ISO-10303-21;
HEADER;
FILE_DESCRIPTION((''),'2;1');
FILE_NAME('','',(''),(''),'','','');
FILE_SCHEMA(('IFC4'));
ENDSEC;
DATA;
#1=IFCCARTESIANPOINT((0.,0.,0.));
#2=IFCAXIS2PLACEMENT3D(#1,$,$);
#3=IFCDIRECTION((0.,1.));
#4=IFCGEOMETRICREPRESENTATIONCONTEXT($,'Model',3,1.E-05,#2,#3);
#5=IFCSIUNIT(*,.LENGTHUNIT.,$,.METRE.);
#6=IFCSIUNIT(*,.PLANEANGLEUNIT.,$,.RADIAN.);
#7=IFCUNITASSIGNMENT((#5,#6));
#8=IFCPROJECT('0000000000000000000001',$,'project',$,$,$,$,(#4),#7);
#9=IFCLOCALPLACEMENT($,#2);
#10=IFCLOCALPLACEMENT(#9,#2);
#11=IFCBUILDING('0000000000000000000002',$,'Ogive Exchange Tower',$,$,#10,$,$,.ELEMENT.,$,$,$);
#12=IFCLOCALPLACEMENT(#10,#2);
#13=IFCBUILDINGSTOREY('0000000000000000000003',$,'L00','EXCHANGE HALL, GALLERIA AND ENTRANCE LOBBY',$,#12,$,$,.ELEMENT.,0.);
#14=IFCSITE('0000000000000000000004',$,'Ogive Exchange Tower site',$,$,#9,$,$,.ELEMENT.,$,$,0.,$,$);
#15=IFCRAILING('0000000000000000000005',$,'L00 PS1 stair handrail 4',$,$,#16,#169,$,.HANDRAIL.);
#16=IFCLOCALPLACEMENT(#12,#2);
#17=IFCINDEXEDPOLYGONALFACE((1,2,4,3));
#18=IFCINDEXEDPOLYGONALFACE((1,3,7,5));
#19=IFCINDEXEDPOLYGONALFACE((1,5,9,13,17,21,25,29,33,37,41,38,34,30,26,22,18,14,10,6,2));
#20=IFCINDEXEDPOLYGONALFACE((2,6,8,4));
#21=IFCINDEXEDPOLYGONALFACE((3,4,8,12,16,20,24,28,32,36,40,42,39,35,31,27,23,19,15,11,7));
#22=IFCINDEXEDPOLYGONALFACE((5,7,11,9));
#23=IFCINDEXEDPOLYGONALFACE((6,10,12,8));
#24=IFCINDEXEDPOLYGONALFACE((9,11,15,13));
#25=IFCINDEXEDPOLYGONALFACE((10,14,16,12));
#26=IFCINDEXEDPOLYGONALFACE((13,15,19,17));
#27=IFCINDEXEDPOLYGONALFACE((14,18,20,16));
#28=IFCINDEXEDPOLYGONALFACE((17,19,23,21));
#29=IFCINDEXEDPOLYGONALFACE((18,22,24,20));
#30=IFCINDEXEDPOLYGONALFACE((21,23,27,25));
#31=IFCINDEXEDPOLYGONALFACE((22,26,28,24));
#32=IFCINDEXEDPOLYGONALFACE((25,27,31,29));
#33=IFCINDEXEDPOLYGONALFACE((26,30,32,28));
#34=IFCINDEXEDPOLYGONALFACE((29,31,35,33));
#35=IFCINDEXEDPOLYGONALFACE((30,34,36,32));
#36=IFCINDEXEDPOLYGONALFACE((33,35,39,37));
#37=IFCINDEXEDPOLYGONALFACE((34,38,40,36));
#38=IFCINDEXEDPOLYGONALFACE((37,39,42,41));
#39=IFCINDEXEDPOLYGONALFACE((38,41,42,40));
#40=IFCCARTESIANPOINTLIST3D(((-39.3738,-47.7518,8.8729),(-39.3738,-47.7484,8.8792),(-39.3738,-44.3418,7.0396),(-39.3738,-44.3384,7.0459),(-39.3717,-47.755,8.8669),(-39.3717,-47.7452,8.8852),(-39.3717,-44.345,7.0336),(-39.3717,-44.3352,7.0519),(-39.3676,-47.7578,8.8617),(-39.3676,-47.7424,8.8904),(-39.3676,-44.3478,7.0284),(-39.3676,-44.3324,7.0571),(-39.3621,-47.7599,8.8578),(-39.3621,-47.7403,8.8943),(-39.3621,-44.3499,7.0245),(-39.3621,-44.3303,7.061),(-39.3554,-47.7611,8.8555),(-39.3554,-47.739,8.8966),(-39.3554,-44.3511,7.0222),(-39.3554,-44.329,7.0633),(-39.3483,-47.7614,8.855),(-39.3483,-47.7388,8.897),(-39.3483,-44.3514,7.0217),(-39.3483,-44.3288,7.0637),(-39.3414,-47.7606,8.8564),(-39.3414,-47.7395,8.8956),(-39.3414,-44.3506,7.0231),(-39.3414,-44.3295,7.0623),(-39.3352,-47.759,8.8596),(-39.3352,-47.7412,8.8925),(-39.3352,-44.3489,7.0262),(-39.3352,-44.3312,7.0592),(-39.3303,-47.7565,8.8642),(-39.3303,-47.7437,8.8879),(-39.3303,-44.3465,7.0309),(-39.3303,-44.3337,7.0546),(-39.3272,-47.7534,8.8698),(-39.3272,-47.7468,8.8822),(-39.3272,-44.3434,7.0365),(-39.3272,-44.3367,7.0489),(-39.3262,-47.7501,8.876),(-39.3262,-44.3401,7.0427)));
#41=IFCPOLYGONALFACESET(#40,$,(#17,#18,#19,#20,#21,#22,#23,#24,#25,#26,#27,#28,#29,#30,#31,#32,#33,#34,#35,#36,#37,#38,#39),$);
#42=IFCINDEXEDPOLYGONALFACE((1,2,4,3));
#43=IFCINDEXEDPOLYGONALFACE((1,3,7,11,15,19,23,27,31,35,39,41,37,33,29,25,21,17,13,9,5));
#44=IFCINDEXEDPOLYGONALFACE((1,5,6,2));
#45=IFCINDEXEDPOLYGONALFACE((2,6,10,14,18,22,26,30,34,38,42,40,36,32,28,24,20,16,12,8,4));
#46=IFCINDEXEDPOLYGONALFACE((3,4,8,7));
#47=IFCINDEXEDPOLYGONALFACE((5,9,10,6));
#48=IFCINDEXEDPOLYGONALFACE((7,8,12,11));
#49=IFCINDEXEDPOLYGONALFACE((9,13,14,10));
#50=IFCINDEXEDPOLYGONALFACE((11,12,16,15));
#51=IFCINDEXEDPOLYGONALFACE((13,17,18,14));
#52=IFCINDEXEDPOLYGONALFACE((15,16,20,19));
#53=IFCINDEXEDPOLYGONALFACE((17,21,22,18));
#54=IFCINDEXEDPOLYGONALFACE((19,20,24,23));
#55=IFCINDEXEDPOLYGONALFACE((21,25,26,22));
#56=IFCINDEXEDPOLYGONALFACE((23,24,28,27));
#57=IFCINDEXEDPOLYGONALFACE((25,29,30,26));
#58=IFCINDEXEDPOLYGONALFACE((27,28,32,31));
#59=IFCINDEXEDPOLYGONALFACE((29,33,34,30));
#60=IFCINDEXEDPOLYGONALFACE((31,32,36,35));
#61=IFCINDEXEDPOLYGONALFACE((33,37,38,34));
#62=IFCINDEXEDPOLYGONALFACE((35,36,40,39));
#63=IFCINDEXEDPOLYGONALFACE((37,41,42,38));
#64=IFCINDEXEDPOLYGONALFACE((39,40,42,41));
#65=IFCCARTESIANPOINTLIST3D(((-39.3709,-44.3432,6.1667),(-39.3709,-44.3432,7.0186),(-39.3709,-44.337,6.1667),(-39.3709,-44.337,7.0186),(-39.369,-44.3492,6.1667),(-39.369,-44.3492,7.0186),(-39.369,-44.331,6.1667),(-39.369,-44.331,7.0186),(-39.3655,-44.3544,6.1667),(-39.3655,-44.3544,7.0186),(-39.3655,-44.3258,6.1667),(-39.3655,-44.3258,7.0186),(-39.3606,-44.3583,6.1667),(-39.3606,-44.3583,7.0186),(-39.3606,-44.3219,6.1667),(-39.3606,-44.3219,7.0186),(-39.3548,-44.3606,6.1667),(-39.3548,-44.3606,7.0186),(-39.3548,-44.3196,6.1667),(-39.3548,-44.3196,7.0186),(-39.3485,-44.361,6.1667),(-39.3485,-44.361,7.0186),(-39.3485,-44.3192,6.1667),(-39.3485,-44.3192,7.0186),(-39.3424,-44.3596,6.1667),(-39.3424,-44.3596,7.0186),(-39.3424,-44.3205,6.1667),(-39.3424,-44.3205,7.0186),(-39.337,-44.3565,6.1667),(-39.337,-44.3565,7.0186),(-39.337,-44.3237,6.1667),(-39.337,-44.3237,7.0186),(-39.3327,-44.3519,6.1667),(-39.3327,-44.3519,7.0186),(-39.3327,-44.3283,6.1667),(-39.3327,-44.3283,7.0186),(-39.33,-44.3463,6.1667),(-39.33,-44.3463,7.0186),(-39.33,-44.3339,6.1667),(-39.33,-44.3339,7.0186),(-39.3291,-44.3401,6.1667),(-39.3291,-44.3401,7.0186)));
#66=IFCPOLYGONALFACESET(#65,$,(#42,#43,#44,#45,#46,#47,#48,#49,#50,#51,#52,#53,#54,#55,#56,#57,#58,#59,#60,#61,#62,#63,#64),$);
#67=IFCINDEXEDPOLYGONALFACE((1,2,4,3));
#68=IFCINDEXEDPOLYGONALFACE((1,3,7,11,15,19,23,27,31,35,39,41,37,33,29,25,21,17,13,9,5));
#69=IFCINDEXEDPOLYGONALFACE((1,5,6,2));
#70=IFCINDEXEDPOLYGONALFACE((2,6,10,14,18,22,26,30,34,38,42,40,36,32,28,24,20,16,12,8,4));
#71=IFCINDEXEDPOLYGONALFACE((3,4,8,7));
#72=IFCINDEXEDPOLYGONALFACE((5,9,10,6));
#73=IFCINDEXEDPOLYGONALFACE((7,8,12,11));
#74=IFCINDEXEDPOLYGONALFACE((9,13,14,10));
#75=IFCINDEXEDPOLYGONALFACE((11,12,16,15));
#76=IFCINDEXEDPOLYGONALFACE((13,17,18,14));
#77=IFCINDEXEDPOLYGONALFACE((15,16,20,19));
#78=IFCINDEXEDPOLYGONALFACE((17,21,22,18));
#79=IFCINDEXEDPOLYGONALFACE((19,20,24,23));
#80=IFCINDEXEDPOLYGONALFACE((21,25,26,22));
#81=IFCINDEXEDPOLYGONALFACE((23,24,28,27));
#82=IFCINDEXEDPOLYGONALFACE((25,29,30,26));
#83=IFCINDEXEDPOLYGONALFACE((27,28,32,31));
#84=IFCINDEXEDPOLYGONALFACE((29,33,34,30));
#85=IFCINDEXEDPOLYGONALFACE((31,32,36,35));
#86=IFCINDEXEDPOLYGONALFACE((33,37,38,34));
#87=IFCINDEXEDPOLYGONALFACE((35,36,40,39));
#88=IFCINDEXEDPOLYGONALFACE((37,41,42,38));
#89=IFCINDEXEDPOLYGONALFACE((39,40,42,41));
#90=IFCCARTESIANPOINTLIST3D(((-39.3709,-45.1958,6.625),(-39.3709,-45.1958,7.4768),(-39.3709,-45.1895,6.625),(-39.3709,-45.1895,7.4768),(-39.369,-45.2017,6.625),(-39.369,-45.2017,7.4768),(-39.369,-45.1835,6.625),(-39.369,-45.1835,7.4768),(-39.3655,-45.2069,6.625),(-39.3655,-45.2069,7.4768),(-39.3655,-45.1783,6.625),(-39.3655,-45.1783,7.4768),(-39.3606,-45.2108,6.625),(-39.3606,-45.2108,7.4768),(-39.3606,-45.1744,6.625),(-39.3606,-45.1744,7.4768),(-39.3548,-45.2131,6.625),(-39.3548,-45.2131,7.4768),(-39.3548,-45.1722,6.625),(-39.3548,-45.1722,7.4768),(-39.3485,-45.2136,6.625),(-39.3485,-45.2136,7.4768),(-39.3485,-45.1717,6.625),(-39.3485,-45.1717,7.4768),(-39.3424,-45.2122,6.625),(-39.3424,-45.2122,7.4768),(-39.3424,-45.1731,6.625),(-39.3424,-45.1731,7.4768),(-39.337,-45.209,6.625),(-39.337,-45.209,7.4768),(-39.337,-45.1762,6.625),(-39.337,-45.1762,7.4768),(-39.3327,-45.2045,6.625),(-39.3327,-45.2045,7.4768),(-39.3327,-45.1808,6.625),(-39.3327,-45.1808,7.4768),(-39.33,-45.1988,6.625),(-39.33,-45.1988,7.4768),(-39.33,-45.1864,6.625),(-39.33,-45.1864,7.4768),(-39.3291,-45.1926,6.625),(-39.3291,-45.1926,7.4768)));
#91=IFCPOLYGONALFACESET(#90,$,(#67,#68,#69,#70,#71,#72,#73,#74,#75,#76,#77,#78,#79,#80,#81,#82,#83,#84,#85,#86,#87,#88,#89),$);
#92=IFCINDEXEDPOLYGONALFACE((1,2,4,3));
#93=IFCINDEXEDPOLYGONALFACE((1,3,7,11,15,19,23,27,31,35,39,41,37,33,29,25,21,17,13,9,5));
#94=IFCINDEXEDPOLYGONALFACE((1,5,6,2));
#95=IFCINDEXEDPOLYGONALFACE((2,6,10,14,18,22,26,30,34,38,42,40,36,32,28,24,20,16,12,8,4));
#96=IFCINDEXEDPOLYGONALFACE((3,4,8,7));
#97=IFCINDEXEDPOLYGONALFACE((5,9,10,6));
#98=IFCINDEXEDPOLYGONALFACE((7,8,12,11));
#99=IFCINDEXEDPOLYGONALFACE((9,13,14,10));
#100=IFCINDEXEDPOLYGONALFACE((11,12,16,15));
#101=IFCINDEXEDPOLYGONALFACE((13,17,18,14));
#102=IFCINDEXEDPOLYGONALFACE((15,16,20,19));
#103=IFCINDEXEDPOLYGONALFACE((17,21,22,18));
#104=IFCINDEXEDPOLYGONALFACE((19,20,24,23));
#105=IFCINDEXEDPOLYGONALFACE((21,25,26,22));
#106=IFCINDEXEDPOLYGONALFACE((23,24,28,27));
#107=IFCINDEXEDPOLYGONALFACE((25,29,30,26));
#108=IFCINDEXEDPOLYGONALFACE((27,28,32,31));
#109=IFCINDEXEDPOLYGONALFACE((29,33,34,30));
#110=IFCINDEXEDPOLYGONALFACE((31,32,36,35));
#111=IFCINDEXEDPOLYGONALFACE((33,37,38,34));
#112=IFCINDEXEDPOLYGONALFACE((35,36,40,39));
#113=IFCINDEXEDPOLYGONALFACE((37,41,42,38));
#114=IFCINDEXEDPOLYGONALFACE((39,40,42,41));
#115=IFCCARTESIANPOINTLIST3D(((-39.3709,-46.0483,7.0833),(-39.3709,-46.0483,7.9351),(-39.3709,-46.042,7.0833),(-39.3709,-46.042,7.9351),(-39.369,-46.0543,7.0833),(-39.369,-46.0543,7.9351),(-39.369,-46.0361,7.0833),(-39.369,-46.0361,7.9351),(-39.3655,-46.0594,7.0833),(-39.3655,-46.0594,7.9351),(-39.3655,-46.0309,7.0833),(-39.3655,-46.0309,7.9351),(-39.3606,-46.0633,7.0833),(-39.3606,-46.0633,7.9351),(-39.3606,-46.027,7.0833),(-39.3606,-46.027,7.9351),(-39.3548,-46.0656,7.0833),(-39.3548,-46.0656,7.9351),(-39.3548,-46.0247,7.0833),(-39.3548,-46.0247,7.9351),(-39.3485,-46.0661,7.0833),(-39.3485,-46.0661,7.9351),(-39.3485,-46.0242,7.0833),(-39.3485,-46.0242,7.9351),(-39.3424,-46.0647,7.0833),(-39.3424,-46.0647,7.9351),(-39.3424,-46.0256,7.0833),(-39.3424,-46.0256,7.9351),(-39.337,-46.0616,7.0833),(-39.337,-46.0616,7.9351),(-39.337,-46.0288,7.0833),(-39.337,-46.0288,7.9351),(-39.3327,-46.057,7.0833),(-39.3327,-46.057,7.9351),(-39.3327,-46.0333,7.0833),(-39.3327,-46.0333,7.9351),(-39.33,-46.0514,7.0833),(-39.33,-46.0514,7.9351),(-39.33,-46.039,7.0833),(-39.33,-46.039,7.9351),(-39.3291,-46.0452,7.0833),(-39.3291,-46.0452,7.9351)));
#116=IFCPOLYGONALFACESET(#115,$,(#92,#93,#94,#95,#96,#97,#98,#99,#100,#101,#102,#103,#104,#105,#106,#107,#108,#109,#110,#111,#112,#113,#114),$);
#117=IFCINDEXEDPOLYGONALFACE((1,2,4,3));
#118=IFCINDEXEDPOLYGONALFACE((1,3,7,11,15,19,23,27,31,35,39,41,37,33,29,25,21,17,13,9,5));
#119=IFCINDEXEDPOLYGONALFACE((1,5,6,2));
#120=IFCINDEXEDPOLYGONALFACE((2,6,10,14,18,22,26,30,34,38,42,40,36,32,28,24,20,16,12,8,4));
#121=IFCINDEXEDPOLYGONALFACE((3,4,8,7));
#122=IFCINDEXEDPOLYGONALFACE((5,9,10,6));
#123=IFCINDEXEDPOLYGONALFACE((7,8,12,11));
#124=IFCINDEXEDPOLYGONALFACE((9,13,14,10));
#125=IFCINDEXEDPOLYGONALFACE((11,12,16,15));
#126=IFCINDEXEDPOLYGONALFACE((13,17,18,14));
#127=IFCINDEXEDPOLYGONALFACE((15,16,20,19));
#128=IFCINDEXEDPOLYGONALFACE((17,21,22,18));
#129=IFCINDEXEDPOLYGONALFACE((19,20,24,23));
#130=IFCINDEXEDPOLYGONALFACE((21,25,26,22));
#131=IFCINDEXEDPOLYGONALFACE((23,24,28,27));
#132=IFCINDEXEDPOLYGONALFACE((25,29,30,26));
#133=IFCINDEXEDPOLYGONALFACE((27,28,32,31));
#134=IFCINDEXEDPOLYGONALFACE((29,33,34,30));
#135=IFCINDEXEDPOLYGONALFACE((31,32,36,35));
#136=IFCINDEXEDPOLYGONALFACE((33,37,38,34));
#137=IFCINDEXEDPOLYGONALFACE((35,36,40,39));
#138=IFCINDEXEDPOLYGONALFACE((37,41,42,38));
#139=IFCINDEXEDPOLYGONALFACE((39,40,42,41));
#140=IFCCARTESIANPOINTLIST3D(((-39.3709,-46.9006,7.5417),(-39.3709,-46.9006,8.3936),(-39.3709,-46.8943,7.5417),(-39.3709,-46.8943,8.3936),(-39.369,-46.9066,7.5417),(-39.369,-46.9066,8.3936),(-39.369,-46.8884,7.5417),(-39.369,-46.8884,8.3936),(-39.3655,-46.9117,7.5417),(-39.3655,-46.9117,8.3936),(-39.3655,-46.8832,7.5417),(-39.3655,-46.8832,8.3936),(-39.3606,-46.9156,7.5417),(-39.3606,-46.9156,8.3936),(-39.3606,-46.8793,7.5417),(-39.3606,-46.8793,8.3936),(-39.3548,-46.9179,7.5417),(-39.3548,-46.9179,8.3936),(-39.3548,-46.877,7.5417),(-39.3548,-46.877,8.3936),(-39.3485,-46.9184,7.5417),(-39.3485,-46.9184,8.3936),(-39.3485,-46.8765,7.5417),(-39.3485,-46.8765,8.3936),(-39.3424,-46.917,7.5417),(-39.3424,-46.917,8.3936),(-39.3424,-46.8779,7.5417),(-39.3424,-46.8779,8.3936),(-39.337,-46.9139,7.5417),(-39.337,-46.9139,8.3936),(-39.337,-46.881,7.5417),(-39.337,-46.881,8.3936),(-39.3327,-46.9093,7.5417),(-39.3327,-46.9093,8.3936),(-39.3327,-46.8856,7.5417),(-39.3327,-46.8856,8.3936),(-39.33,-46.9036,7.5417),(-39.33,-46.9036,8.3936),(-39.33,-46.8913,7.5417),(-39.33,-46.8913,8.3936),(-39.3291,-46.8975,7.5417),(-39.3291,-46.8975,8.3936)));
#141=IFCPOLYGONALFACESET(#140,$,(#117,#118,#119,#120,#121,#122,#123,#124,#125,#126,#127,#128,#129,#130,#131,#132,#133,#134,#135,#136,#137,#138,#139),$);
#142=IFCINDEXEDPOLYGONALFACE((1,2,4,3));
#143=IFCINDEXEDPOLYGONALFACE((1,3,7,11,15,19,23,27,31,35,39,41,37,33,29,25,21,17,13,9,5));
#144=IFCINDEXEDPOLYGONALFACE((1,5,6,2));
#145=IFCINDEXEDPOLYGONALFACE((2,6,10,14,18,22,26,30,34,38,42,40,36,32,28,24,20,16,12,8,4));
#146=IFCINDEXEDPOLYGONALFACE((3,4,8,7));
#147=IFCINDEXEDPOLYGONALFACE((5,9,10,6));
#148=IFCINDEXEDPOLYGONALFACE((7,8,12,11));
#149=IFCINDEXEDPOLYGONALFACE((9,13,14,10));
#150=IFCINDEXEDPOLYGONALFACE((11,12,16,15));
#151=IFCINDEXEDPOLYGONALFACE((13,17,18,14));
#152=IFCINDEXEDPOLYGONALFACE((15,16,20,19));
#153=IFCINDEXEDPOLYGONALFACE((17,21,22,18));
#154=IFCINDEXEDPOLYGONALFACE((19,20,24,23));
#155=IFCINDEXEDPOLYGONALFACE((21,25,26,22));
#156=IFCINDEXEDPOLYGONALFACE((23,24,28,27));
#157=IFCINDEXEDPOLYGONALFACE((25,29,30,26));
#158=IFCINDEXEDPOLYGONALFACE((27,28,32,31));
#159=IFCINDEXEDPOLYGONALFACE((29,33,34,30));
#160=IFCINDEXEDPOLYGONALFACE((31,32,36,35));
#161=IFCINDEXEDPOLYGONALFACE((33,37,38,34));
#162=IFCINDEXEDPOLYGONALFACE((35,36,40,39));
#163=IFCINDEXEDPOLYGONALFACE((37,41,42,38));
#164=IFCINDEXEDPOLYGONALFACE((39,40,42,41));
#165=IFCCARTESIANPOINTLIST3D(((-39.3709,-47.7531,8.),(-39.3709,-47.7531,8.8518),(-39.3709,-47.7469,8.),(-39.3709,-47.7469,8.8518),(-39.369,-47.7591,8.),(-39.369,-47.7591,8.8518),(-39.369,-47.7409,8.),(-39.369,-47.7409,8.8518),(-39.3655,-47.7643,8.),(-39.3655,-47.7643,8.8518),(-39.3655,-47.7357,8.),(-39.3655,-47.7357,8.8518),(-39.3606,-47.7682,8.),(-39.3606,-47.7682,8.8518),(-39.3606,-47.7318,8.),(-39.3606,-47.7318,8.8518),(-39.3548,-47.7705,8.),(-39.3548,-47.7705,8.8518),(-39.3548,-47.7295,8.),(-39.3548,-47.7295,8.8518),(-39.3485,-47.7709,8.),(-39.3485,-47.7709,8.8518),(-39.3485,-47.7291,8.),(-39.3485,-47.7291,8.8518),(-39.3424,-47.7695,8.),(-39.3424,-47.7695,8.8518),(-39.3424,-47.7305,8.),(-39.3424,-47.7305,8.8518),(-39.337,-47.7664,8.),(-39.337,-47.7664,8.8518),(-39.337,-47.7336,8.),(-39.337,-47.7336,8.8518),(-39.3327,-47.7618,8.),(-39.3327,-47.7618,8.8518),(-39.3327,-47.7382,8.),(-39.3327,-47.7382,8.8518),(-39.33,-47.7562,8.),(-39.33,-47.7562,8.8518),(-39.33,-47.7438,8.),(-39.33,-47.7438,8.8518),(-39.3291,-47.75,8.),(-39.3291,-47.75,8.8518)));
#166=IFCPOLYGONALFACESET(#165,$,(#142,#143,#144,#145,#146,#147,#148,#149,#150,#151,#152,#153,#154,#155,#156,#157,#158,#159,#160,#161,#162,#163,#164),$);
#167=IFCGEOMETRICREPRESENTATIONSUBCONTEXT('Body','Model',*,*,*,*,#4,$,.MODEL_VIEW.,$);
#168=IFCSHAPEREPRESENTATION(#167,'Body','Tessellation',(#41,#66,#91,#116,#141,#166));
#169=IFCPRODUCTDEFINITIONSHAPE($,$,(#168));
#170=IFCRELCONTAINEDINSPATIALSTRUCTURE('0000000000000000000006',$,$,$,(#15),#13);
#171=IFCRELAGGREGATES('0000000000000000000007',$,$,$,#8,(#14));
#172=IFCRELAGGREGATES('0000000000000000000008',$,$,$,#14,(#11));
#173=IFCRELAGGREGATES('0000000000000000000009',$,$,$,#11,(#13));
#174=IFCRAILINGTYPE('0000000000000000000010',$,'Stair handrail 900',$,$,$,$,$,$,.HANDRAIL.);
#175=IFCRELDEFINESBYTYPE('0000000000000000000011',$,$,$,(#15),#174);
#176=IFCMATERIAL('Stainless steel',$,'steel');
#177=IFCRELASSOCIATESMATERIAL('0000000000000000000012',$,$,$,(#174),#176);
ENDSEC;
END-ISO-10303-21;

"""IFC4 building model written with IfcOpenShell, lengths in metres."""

from ifc_helpers import new_model, si_unit, direction, frame, origin, origin_2d, place, context, subcontext, project, spatial, circle, extrude, material, type_object, element, save


model = new_model("IFC4")

# Units and contexts
model_context = context("Model", 3, precision=1e-05, world=origin(), true_north=direction((0.0, 1.0)))
body_context = subcontext(model_context, "Body", "Model", "MODEL_VIEW")
ifc_project = project(units=[si_unit("LENGTHUNIT", "METRE"), si_unit("PLANEANGLEUNIT", "RADIAN")], contexts=[model_context])

# Site, building, storey
site_placement = place(None, origin())
site = spatial("IfcSite", under=ifc_project, at=site_placement, Name="Ogive Exchange Tower site", CompositionType="ELEMENT", RefElevation=0.0)
building_placement = place(site_placement, origin())
building = spatial("IfcBuilding", under=site, at=building_placement, Name="Ogive Exchange Tower", CompositionType="ELEMENT")
storey_placement = place(building_placement, origin())
storey = spatial("IfcBuildingStorey", under=building, at=storey_placement, Name="L00", Description="EXCHANGE HALL, GALLERIA AND ENTRANCE LOBBY", CompositionType="ELEMENT", Elevation=0.0)

# Railing
ifc_material_1 = material(Name="Stainless steel", Category="steel")
railing_type = type_object("IfcRailingType", Name="Stair handrail 900", PredefinedType="HANDRAIL", material=ifc_material_1)
railing_1_placement = place(storey_placement, frame((-39.3501, -44.3401, 6.1667)))
element("IfcRailing", 1, at=railing_1_placement, inside=storey, type_object=railing_type, Name="L00 PS1 stair handrail 4", PredefinedType="HANDRAIL", context=body_context, shape_type="SweptSolid", body=[
    extrude(circle(Radius=0.0239, at=origin_2d()), frame((0.0, 0.0, 0.876), z_axis=(0.0, -0.880779, 0.473528), x_axis=(1.0, 0.0, 0.0)), (0.0, 0.0, 1.0), 3.8716),
    extrude(circle(Radius=0.021, at=origin_2d()), origin(), (0.0, 0.0, 1.0), 0.8518),
    extrude(circle(Radius=0.021, at=origin_2d()), frame((0.0, -0.8525, 0.4583)), (0.0, 0.0, 1.0), 0.8518),
    extrude(circle(Radius=0.021, at=origin_2d()), frame((0.0, -1.7051, 0.9165)), (0.0, 0.0, 1.0), 0.8518),
    extrude(circle(Radius=0.021, at=origin_2d()), frame((0.0, -2.5574, 1.375)), (0.0, 0.0, 1.0), 0.8518),
    extrude(circle(Radius=0.021, at=origin_2d()), frame((0.0, -3.4099, 1.8333)), (0.0, 0.0, 1.0), 0.8518),
])

save(model, "model.ifc")
